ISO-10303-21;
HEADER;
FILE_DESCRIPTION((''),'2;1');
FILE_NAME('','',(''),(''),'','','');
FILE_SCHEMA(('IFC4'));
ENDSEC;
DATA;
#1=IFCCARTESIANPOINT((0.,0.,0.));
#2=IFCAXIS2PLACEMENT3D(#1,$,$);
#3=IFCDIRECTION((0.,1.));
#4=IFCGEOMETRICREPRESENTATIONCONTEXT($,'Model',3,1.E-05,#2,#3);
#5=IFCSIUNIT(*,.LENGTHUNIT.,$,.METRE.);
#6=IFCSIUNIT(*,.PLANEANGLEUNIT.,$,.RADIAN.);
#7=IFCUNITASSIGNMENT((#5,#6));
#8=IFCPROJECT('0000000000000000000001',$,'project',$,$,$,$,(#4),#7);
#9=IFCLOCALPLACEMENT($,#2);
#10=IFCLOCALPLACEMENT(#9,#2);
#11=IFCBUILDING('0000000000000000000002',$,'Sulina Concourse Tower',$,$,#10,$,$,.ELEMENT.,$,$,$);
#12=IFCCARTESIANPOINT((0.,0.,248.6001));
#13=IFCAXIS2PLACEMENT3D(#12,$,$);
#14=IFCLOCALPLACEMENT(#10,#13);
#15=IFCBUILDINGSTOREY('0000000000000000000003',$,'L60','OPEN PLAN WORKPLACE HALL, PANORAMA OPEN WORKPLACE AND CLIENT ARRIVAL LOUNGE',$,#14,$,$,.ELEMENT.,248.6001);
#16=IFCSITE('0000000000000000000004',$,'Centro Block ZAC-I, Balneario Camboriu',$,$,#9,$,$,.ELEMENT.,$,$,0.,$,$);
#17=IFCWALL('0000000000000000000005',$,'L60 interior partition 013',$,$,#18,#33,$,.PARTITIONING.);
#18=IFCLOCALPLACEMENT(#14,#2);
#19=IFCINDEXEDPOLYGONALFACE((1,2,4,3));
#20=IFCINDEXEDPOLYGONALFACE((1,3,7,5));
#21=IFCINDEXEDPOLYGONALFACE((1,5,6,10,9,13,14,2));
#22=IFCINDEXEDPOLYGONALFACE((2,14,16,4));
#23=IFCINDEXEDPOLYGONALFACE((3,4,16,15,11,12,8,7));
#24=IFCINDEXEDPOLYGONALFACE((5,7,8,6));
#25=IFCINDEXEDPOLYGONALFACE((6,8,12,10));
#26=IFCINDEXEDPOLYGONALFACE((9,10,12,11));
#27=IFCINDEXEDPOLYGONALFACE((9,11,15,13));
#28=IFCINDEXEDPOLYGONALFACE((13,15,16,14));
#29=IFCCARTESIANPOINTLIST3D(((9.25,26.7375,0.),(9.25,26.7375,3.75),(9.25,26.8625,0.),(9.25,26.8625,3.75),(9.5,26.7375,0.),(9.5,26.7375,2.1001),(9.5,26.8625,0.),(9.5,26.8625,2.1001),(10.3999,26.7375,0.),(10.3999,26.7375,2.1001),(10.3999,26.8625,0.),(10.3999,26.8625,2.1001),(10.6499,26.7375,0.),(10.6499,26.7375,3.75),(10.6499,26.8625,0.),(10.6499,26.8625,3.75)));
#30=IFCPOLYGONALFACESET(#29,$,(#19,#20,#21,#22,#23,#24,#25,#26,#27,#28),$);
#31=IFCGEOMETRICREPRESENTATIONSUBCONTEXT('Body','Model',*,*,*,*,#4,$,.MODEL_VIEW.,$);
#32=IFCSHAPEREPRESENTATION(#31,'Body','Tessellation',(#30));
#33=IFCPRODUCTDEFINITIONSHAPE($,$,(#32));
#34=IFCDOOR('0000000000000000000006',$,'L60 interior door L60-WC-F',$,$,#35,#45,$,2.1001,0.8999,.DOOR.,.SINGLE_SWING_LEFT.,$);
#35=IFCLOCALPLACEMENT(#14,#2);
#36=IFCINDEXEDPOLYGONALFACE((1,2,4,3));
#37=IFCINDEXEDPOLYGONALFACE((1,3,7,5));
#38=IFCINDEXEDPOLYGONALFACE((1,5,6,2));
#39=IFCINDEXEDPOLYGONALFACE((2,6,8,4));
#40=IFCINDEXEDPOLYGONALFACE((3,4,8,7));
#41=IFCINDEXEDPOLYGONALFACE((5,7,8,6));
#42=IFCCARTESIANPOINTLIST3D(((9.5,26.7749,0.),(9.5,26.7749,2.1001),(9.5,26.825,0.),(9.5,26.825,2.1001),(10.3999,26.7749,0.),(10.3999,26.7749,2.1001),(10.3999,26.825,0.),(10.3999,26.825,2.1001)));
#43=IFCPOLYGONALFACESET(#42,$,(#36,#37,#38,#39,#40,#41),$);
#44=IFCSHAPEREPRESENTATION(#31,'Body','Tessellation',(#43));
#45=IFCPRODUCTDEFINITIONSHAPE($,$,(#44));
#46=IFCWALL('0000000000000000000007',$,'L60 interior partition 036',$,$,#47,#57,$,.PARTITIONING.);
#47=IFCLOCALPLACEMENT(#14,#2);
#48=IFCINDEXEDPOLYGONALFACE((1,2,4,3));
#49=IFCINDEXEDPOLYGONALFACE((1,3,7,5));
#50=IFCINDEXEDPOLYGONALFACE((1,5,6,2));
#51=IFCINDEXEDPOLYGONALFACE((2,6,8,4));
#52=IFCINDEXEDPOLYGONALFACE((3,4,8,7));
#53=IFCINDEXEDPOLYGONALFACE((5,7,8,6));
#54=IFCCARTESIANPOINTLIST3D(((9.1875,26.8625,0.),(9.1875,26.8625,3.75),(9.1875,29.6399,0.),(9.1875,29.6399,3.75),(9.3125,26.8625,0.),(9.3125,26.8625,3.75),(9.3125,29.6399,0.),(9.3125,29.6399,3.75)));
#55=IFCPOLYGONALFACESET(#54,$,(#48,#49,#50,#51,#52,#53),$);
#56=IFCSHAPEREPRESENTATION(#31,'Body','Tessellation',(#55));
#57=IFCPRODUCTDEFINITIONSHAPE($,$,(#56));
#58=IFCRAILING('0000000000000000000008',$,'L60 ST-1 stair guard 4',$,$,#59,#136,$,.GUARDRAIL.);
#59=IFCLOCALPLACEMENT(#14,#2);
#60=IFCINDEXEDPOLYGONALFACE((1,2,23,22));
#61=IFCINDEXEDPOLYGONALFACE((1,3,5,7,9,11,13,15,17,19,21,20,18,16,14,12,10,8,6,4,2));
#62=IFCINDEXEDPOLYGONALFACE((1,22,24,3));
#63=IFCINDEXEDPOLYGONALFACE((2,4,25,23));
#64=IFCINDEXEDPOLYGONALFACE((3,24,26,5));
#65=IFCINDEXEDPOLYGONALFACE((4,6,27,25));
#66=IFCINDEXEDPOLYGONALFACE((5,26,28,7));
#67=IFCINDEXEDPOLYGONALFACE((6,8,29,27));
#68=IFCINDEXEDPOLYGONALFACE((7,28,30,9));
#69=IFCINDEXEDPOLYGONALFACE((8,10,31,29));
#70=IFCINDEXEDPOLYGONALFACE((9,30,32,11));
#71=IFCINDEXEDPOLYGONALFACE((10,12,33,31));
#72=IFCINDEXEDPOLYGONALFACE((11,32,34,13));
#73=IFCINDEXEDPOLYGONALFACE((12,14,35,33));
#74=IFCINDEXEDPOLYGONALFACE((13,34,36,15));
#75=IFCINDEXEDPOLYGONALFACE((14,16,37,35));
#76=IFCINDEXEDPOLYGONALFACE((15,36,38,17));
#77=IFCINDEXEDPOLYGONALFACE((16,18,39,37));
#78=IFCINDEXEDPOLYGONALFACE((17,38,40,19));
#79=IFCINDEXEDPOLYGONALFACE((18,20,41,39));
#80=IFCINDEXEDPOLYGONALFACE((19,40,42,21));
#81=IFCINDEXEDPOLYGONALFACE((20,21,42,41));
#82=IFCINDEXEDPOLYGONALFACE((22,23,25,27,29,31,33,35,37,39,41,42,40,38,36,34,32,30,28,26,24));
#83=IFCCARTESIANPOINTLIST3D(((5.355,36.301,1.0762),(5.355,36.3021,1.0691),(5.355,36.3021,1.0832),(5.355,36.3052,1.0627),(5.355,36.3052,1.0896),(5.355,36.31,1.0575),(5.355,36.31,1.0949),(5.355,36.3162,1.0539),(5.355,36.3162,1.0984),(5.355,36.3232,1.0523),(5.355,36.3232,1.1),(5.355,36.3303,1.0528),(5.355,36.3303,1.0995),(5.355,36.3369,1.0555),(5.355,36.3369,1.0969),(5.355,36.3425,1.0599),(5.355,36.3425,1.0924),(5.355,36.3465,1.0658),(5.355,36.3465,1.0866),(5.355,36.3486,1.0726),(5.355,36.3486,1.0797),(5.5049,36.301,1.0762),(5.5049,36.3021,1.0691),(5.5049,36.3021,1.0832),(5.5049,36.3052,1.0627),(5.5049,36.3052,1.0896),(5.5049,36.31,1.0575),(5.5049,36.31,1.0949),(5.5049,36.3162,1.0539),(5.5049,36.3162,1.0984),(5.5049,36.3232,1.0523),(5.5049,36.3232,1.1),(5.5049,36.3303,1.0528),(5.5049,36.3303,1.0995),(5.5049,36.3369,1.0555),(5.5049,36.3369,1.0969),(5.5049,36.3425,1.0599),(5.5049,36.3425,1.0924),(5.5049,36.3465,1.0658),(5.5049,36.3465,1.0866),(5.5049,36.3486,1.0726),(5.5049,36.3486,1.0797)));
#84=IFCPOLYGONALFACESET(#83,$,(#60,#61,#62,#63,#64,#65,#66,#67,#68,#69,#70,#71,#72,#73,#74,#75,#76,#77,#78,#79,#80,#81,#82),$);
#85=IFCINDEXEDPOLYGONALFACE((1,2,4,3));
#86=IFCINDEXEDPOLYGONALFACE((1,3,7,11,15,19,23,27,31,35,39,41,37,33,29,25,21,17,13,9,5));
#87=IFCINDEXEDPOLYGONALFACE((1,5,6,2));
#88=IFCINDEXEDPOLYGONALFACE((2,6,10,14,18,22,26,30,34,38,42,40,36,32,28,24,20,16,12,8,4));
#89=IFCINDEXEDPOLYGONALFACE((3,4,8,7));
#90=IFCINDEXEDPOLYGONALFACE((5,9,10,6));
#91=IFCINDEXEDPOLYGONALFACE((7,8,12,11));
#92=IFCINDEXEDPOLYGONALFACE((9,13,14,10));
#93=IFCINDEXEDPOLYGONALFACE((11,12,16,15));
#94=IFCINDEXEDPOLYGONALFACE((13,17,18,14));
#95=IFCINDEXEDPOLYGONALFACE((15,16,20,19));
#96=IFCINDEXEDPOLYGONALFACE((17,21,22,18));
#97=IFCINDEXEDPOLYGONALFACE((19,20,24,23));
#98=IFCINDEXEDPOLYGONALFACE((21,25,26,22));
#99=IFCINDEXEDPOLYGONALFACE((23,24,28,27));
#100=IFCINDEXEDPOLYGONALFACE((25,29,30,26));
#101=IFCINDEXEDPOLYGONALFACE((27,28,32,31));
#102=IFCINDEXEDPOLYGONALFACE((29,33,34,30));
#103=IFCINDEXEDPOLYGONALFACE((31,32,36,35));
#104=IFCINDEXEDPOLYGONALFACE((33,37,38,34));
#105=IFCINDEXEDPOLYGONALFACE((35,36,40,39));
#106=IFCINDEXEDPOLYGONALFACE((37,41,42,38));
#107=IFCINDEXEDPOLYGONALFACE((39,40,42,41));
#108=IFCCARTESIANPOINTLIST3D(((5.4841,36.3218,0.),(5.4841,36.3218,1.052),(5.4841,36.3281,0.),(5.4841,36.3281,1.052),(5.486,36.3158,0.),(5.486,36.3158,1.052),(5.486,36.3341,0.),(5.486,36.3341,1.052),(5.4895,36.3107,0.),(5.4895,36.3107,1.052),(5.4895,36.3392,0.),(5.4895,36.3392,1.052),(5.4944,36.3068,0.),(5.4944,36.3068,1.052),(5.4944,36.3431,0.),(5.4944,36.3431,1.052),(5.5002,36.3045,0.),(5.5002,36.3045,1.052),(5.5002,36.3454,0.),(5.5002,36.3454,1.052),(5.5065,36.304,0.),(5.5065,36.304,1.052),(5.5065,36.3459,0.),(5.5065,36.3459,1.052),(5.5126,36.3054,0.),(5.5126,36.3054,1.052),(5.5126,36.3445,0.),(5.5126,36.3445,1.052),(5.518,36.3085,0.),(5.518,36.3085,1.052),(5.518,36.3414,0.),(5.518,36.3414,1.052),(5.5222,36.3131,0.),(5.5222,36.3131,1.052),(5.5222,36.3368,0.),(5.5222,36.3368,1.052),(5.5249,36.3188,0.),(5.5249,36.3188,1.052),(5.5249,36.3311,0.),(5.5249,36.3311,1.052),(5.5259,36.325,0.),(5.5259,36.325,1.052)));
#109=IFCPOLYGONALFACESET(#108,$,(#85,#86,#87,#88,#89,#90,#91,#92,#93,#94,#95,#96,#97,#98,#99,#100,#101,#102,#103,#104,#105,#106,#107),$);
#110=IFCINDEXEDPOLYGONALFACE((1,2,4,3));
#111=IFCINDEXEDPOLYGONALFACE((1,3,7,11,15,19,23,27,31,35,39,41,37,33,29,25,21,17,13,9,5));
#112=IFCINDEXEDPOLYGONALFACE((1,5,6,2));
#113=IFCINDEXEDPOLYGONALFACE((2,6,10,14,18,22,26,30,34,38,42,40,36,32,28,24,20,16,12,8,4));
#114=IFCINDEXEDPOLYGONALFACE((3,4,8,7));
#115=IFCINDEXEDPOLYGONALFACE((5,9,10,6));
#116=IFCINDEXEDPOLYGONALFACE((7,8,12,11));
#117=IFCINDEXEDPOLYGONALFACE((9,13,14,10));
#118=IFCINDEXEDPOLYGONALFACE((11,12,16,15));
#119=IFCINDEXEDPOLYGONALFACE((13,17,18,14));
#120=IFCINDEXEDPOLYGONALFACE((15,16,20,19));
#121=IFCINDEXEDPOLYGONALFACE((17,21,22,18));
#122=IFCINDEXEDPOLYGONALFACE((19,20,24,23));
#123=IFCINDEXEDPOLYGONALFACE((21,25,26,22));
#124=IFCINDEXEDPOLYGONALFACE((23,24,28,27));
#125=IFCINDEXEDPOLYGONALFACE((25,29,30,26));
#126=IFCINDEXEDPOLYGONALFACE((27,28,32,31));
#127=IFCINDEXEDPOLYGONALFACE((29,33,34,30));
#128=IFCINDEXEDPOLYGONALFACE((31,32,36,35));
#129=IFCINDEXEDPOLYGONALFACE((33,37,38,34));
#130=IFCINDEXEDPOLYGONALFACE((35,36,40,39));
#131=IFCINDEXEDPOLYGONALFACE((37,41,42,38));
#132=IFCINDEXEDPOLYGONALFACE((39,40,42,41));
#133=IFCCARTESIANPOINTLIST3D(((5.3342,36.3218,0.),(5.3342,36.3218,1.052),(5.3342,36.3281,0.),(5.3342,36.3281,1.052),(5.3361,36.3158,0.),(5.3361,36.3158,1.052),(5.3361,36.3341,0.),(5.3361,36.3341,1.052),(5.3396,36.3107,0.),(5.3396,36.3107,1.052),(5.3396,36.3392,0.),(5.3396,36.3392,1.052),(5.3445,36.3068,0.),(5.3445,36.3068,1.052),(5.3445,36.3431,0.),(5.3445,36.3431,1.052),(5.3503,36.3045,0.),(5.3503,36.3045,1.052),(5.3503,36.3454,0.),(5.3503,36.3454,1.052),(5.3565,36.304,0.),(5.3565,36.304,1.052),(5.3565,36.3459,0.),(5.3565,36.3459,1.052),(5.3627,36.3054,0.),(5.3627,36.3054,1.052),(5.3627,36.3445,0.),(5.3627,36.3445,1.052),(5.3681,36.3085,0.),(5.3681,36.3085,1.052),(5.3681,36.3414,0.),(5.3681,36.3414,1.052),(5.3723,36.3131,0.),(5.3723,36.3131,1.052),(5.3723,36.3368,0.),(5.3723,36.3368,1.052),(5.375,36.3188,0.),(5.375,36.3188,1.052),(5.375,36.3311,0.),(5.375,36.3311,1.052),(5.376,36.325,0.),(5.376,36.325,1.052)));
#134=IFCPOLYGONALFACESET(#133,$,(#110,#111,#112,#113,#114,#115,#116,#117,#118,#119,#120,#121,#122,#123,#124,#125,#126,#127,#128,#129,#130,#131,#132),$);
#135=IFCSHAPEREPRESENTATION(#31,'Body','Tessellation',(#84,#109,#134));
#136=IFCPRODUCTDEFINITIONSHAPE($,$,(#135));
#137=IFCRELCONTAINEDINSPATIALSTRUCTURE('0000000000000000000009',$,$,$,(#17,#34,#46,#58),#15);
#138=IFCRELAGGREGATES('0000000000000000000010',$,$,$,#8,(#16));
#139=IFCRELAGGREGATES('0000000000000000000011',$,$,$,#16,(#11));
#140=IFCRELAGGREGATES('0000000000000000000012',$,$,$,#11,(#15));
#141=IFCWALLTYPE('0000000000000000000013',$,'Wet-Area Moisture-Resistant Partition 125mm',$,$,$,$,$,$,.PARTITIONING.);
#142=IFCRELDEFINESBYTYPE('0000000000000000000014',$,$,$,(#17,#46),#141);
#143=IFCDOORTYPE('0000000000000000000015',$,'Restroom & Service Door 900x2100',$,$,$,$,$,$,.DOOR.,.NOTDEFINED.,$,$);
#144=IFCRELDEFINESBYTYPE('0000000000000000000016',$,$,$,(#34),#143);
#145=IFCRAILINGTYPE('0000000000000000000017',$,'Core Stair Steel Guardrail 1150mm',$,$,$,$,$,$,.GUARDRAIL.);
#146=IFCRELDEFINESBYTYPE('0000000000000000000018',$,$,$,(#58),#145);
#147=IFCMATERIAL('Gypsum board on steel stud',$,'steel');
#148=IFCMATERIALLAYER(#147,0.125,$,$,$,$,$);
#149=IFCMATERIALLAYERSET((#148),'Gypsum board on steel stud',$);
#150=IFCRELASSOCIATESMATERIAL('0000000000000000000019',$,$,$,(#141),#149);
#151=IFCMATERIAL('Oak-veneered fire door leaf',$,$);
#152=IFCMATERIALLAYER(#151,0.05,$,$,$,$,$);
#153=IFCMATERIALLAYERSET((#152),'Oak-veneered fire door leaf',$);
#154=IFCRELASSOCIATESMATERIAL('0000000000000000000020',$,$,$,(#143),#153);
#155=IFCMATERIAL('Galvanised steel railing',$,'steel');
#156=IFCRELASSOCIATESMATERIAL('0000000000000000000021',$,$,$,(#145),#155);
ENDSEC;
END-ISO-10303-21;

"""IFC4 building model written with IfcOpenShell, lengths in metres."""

from ifc_helpers import new_model, si_unit, direction, frame, frame_2d, origin, origin_2d, place, context, subcontext, project, spatial, rectangle, circle, extrude, material, layer, layer_set, type_object, element, fill, save


model = new_model("IFC4")

# Units and contexts
model_context = context("Model", 3, precision=1e-05, world=origin(), true_north=direction((0.0, 1.0)))
body_context = subcontext(model_context, "Body", "Model", "MODEL_VIEW")
ifc_project = project(units=[si_unit("LENGTHUNIT", "METRE"), si_unit("PLANEANGLEUNIT", "RADIAN")], contexts=[model_context])

# Site, building, storey
site_placement = place(None, origin())
site = spatial("IfcSite", under=ifc_project, at=site_placement, Name="Centro Block ZAC-I, Balneario Camboriu", CompositionType="ELEMENT", RefElevation=0.0)
building_placement = place(site_placement, origin())
building = spatial("IfcBuilding", under=site, at=building_placement, Name="Sulina Concourse Tower", CompositionType="ELEMENT")
storey_placement = place(building_placement, frame((0.0, 0.0, 248.6001)))
storey = spatial("IfcBuildingStorey", under=building, at=storey_placement, Name="L60", Description="OPEN PLAN WORKPLACE HALL, PANORAMA OPEN WORKPLACE AND CLIENT ARRIVAL LOUNGE", CompositionType="ELEMENT", Elevation=248.6001)

# Wall, opening, door
ifc_material_1 = material(Name="Gypsum board on steel stud", Category="steel")
ifc_layer_1 = layer(ifc_material_1, 0.125)
ifc_layer_set_1 = layer_set([ifc_layer_1], Name="Gypsum board on steel stud")
wall_type_1 = type_object("IfcWallType", Name="Wet-Area Moisture-Resistant Partition 125mm", PredefinedType="PARTITIONING", material=ifc_layer_set_1)
ifc_material_2 = material(Name="Oak-veneered fire door leaf")
ifc_layer_2 = layer(ifc_material_2, 0.05)
ifc_layer_set_2 = layer_set([ifc_layer_2], Name="Oak-veneered fire door leaf")
door_type_1 = type_object("IfcDoorType", Name="Restroom & Service Door 900x2100", OperationType="NOTDEFINED", PredefinedType="DOOR", material=ifc_layer_set_2)
wall_1_placement = place(storey_placement, frame((9.25, 26.8, 0.0), z_axis=(0.0, 0.0, 1.0), x_axis=(1.0, 0.0, 0.0)))
wall_1 = element("IfcWall", 1, at=wall_1_placement, inside=storey, type_object=wall_type_1, Name="L60 interior partition 013", PredefinedType="PARTITIONING", context=body_context, shape_type="SweptSolid", body=[
    extrude(rectangle(XDim=1.3999, YDim=0.125, at=frame_2d((0.7, 0.0))), origin(), (0.0, 0.0, 1.0), 3.75),
])
opening_1_placement = place(wall_1_placement, frame((0.25, 0.0, 0.0)))
opening_1 = element("IfcOpeningElement", 2, at=opening_1_placement, cuts=wall_1, PredefinedType="OPENING", context=body_context, shape_type="SweptSolid", body=[
    extrude(rectangle(XDim=0.8999, YDim=2.1001, at=frame_2d((0.45, 1.05))), frame((0.0, 0.0725, 0.0), z_axis=(0.0, -1.0, 0.0), x_axis=(1.0, 0.0, 0.0)), (0.0, 0.0, 1.0), 0.145),
])
door_1_placement = place(opening_1_placement, origin())
door_1 = element("IfcDoor", 3, at=door_1_placement, inside=storey, type_object=door_type_1, Name="L60 interior door L60-WC-F", OperationType="SINGLE_SWING_LEFT", OverallHeight=2.1001, OverallWidth=0.8999, PredefinedType="DOOR", context=body_context, shape_type="SweptSolid", body=[
    extrude(rectangle(XDim=0.8999, YDim=2.1001, at=frame_2d((0.45, 1.05))), frame((0.0, 0.0249, 0.0), z_axis=(0.0, -1.0, 0.0), x_axis=(1.0, 0.0, 0.0)), (0.0, 0.0, 1.0), 0.05),
])
fill(opening_1, door_1)

# Wall
wall_2_placement = place(storey_placement, frame((9.25, 26.8625, 0.0), z_axis=(0.0, 0.0, 1.0), x_axis=(0.0, 1.0, 0.0)))
element("IfcWall", 4, at=wall_2_placement, inside=storey, type_object=wall_type_1, Name="L60 interior partition 036", PredefinedType="PARTITIONING", context=body_context, shape_type="SweptSolid", body=[
    extrude(rectangle(XDim=2.7773, YDim=0.125, at=frame_2d((1.3887, 0.0))), origin(), (0.0, 0.0, 1.0), 3.75),
])

# Railing
ifc_material_3 = material(Name="Galvanised steel railing", Category="steel")
railing_type = type_object("IfcRailingType", Name="Core Stair Steel Guardrail 1150mm", PredefinedType="GUARDRAIL", material=ifc_material_3)
railing_placement = place(storey_placement, frame((5.5049, 36.325, 0.0)))
element("IfcRailing", 5, at=railing_placement, inside=storey, type_object=railing_type, Name="L60 ST-1 stair guard 4", PredefinedType="GUARDRAIL", context=body_context, shape_type="SweptSolid", body=[
    extrude(circle(Radius=0.0239, at=origin_2d()), frame((0.0, 0.0, 1.0762), z_axis=(-1.0, 0.0, 0.0), x_axis=(0.0, -1.0, 0.0)), (0.0, 0.0, 1.0), 0.1499),
    extrude(circle(Radius=0.021, at=origin_2d()), origin(), (0.0, 0.0, 1.0), 1.052),
    extrude(circle(Radius=0.021, at=origin_2d()), frame((-0.1499, 0.0, 0.0)), (0.0, 0.0, 1.0), 1.052),
])

save(model, "model.ifc")
